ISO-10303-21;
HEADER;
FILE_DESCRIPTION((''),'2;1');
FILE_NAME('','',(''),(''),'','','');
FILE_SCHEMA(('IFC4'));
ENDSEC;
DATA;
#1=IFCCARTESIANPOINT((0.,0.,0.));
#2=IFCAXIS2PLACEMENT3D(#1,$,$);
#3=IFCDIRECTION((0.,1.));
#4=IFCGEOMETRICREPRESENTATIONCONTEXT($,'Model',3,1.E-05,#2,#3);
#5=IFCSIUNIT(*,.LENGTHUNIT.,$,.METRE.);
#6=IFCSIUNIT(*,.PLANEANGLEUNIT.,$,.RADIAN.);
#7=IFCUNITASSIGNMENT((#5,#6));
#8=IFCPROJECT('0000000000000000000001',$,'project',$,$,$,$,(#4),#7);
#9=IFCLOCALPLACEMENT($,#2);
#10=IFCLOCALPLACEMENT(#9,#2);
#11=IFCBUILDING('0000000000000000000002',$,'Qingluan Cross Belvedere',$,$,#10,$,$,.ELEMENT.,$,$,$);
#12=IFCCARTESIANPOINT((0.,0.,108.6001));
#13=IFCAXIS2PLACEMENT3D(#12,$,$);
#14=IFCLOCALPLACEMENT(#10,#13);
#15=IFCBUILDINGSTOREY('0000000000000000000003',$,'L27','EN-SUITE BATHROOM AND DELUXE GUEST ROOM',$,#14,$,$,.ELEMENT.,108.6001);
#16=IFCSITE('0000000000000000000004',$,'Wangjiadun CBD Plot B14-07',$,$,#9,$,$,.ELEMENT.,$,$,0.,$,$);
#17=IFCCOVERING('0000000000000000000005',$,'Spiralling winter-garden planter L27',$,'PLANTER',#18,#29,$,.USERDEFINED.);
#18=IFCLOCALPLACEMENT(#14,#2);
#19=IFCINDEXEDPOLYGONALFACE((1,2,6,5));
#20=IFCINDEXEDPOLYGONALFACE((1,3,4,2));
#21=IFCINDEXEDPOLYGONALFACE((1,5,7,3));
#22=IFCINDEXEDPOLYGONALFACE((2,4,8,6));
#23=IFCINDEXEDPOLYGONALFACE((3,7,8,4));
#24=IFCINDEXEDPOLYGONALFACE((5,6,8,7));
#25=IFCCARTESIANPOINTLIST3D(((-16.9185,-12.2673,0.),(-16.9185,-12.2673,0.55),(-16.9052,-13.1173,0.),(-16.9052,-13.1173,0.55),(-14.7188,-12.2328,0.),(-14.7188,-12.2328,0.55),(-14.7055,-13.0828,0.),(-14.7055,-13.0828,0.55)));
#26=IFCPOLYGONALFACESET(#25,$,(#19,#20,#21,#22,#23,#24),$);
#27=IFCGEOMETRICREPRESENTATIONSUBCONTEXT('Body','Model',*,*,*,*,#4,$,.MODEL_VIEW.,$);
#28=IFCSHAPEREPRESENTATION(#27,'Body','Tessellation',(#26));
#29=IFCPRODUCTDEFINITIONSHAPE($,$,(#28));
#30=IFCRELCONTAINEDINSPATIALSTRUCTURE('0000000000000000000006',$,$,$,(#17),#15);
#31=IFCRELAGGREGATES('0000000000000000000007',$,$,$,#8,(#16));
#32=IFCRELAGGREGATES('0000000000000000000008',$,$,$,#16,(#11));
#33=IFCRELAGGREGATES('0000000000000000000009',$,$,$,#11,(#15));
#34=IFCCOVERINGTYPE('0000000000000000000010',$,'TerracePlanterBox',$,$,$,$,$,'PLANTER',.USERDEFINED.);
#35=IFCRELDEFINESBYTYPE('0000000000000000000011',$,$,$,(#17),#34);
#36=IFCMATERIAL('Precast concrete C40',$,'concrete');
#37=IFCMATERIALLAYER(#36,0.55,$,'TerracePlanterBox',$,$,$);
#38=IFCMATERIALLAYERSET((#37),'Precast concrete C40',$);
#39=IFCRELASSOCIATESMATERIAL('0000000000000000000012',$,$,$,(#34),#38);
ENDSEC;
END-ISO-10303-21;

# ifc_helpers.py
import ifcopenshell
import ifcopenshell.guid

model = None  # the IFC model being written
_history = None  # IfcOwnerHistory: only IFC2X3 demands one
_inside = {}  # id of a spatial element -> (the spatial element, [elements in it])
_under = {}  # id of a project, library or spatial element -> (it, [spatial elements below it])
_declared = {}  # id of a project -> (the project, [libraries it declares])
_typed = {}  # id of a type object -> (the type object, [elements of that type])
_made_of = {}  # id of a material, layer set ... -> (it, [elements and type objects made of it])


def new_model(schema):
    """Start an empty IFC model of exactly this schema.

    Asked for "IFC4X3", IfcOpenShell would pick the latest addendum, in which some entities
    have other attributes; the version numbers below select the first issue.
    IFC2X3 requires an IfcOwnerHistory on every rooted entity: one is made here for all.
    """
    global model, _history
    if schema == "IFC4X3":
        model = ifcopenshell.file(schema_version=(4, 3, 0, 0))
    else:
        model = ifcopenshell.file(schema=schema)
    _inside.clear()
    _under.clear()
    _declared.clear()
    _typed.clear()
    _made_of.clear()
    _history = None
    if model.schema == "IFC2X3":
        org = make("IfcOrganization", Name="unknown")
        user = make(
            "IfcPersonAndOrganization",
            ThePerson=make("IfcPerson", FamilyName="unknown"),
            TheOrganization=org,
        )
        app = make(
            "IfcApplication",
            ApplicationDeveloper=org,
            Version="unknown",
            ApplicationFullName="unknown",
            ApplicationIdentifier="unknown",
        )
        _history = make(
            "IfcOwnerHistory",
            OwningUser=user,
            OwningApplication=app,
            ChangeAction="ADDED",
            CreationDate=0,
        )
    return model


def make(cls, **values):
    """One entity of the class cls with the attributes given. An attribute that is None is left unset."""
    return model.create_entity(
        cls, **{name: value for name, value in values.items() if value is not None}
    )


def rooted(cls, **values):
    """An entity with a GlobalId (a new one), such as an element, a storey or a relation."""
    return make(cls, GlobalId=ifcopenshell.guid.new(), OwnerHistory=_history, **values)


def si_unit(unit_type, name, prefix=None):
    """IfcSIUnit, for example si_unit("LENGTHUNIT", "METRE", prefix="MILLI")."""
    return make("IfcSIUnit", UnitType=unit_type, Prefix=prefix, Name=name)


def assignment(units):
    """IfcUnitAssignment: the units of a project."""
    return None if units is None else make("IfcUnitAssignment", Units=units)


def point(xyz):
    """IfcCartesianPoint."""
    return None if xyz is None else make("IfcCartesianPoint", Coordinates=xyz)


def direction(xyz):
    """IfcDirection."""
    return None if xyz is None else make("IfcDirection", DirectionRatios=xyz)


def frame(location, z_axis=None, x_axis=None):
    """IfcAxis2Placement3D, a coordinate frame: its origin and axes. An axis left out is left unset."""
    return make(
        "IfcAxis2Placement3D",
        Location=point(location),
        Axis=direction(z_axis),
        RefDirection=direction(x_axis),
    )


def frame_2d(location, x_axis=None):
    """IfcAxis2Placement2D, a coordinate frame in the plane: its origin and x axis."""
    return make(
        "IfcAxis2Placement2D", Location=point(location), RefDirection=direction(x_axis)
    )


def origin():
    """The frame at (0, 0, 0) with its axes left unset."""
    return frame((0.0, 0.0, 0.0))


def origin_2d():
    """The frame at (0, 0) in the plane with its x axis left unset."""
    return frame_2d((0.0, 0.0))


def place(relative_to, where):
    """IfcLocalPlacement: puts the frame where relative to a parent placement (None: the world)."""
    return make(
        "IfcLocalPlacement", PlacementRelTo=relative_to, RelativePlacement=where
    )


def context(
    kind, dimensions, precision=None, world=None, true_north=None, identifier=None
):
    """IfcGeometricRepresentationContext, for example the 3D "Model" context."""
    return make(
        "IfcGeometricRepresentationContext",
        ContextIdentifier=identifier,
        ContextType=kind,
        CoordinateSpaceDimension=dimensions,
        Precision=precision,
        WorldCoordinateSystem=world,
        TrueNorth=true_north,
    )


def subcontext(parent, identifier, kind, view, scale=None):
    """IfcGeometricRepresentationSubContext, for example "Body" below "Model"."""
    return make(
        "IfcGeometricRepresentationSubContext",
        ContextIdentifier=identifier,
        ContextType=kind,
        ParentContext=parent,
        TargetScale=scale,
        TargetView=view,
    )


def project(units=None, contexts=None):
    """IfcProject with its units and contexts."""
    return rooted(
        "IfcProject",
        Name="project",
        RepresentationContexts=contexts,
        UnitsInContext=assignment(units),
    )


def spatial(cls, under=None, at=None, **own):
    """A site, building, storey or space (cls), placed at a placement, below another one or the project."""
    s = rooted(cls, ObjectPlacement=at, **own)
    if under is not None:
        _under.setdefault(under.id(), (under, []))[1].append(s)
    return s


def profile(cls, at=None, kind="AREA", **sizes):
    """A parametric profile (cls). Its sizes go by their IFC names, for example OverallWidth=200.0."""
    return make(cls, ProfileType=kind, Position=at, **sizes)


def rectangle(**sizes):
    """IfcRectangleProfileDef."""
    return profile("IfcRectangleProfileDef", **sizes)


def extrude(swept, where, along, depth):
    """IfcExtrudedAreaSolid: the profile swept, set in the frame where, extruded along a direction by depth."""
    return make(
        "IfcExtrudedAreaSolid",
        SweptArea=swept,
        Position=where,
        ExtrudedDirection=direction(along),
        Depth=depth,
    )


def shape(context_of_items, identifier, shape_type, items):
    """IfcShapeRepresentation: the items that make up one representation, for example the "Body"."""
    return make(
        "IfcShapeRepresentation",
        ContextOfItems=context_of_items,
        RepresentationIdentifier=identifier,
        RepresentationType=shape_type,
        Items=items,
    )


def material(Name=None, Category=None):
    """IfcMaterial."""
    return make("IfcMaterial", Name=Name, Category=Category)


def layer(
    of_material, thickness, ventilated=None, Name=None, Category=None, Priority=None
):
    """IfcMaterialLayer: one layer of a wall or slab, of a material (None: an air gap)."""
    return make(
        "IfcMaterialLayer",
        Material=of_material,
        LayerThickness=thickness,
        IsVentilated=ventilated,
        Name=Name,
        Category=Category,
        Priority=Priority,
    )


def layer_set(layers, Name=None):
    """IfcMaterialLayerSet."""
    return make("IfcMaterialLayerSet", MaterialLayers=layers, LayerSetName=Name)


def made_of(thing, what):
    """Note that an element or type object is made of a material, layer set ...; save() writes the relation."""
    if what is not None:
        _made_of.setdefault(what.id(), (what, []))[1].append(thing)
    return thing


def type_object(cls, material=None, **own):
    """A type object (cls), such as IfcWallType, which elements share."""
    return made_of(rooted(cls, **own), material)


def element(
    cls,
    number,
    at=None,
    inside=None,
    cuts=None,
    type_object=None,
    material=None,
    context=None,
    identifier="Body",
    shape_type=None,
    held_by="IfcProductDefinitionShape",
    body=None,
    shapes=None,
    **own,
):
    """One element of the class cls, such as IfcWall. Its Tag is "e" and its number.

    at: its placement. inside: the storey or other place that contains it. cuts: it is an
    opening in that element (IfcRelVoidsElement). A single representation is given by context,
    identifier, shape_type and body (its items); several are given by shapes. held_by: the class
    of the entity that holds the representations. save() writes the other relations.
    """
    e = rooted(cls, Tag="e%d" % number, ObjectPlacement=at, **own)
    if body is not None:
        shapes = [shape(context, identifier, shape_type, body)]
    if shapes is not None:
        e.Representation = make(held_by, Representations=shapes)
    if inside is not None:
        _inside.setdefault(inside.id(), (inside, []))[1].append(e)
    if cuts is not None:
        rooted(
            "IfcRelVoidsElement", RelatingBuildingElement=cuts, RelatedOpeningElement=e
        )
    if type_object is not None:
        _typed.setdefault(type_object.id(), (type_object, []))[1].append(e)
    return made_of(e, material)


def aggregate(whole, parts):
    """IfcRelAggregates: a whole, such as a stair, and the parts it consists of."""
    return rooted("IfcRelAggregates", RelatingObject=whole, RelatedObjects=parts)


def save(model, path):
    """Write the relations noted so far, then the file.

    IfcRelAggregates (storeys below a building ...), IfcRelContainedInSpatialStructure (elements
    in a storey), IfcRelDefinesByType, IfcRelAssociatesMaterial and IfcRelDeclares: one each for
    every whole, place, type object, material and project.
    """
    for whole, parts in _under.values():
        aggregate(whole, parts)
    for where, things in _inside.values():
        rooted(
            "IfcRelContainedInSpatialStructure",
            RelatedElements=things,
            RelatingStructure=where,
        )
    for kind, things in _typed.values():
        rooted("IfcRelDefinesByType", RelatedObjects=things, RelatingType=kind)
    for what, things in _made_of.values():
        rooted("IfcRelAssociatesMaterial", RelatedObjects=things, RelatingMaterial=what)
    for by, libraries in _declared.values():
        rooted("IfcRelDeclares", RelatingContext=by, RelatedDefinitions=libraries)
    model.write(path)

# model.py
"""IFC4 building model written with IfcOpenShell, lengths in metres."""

from ifc_helpers import new_model, si_unit, direction, frame, origin, origin_2d, place, context, subcontext, project, spatial, rectangle, extrude, material, layer, layer_set, type_object, element, save


model = new_model("IFC4")

# Units and contexts
model_context = context("Model", 3, precision=1e-05, world=origin(), true_north=direction((0.0, 1.0)))
body_context = subcontext(model_context, "Body", "Model", "MODEL_VIEW")
ifc_project = project(units=[si_unit("LENGTHUNIT", "METRE"), si_unit("PLANEANGLEUNIT", "RADIAN")], contexts=[model_context])

# Site, building, storey
site_placement = place(None, origin())
site = spatial("IfcSite", under=ifc_project, at=site_placement, Name="Wangjiadun CBD Plot B14-07", CompositionType="ELEMENT", RefElevation=0.0)
building_placement = place(site_placement, origin())
building = spatial("IfcBuilding", under=site, at=building_placement, Name="Qingluan Cross Belvedere", CompositionType="ELEMENT")
storey_placement = place(building_placement, frame((0.0, 0.0, 108.6001)))
storey = spatial("IfcBuildingStorey", under=building, at=storey_placement, Name="L27", Description="EN-SUITE BATHROOM AND DELUXE GUEST ROOM", CompositionType="ELEMENT", Elevation=108.6001)

# Covering
ifc_material_1 = material(Name="Precast concrete C40", Category="concrete")
ifc_layer_1 = layer(ifc_material_1, 0.55, Name="TerracePlanterBox")
ifc_layer_set_1 = layer_set([ifc_layer_1], Name="Precast concrete C40")
covering_type_1 = type_object("IfcCoveringType", Name="TerracePlanterBox", ElementType="PLANTER", PredefinedType="USERDEFINED", material=ifc_layer_set_1)
covering_placement = place(storey_placement, frame((-15.812, -12.675, 0.0), z_axis=(0.0, 0.0, 1.0), x_axis=(0.999877, 0.015707, 0.0)))
element("IfcCovering", 1, at=covering_placement, inside=storey, type_object=covering_type_1, Name="Spiralling winter-garden planter L27", ObjectType="PLANTER", PredefinedType="USERDEFINED", context=body_context, shape_type="SweptSolid", body=[
    extrude(rectangle(XDim=2.2, YDim=0.8501, at=origin_2d()), origin(), (0.0, 0.0, 1.0), 0.55),
])

save(model, "model.ifc")
